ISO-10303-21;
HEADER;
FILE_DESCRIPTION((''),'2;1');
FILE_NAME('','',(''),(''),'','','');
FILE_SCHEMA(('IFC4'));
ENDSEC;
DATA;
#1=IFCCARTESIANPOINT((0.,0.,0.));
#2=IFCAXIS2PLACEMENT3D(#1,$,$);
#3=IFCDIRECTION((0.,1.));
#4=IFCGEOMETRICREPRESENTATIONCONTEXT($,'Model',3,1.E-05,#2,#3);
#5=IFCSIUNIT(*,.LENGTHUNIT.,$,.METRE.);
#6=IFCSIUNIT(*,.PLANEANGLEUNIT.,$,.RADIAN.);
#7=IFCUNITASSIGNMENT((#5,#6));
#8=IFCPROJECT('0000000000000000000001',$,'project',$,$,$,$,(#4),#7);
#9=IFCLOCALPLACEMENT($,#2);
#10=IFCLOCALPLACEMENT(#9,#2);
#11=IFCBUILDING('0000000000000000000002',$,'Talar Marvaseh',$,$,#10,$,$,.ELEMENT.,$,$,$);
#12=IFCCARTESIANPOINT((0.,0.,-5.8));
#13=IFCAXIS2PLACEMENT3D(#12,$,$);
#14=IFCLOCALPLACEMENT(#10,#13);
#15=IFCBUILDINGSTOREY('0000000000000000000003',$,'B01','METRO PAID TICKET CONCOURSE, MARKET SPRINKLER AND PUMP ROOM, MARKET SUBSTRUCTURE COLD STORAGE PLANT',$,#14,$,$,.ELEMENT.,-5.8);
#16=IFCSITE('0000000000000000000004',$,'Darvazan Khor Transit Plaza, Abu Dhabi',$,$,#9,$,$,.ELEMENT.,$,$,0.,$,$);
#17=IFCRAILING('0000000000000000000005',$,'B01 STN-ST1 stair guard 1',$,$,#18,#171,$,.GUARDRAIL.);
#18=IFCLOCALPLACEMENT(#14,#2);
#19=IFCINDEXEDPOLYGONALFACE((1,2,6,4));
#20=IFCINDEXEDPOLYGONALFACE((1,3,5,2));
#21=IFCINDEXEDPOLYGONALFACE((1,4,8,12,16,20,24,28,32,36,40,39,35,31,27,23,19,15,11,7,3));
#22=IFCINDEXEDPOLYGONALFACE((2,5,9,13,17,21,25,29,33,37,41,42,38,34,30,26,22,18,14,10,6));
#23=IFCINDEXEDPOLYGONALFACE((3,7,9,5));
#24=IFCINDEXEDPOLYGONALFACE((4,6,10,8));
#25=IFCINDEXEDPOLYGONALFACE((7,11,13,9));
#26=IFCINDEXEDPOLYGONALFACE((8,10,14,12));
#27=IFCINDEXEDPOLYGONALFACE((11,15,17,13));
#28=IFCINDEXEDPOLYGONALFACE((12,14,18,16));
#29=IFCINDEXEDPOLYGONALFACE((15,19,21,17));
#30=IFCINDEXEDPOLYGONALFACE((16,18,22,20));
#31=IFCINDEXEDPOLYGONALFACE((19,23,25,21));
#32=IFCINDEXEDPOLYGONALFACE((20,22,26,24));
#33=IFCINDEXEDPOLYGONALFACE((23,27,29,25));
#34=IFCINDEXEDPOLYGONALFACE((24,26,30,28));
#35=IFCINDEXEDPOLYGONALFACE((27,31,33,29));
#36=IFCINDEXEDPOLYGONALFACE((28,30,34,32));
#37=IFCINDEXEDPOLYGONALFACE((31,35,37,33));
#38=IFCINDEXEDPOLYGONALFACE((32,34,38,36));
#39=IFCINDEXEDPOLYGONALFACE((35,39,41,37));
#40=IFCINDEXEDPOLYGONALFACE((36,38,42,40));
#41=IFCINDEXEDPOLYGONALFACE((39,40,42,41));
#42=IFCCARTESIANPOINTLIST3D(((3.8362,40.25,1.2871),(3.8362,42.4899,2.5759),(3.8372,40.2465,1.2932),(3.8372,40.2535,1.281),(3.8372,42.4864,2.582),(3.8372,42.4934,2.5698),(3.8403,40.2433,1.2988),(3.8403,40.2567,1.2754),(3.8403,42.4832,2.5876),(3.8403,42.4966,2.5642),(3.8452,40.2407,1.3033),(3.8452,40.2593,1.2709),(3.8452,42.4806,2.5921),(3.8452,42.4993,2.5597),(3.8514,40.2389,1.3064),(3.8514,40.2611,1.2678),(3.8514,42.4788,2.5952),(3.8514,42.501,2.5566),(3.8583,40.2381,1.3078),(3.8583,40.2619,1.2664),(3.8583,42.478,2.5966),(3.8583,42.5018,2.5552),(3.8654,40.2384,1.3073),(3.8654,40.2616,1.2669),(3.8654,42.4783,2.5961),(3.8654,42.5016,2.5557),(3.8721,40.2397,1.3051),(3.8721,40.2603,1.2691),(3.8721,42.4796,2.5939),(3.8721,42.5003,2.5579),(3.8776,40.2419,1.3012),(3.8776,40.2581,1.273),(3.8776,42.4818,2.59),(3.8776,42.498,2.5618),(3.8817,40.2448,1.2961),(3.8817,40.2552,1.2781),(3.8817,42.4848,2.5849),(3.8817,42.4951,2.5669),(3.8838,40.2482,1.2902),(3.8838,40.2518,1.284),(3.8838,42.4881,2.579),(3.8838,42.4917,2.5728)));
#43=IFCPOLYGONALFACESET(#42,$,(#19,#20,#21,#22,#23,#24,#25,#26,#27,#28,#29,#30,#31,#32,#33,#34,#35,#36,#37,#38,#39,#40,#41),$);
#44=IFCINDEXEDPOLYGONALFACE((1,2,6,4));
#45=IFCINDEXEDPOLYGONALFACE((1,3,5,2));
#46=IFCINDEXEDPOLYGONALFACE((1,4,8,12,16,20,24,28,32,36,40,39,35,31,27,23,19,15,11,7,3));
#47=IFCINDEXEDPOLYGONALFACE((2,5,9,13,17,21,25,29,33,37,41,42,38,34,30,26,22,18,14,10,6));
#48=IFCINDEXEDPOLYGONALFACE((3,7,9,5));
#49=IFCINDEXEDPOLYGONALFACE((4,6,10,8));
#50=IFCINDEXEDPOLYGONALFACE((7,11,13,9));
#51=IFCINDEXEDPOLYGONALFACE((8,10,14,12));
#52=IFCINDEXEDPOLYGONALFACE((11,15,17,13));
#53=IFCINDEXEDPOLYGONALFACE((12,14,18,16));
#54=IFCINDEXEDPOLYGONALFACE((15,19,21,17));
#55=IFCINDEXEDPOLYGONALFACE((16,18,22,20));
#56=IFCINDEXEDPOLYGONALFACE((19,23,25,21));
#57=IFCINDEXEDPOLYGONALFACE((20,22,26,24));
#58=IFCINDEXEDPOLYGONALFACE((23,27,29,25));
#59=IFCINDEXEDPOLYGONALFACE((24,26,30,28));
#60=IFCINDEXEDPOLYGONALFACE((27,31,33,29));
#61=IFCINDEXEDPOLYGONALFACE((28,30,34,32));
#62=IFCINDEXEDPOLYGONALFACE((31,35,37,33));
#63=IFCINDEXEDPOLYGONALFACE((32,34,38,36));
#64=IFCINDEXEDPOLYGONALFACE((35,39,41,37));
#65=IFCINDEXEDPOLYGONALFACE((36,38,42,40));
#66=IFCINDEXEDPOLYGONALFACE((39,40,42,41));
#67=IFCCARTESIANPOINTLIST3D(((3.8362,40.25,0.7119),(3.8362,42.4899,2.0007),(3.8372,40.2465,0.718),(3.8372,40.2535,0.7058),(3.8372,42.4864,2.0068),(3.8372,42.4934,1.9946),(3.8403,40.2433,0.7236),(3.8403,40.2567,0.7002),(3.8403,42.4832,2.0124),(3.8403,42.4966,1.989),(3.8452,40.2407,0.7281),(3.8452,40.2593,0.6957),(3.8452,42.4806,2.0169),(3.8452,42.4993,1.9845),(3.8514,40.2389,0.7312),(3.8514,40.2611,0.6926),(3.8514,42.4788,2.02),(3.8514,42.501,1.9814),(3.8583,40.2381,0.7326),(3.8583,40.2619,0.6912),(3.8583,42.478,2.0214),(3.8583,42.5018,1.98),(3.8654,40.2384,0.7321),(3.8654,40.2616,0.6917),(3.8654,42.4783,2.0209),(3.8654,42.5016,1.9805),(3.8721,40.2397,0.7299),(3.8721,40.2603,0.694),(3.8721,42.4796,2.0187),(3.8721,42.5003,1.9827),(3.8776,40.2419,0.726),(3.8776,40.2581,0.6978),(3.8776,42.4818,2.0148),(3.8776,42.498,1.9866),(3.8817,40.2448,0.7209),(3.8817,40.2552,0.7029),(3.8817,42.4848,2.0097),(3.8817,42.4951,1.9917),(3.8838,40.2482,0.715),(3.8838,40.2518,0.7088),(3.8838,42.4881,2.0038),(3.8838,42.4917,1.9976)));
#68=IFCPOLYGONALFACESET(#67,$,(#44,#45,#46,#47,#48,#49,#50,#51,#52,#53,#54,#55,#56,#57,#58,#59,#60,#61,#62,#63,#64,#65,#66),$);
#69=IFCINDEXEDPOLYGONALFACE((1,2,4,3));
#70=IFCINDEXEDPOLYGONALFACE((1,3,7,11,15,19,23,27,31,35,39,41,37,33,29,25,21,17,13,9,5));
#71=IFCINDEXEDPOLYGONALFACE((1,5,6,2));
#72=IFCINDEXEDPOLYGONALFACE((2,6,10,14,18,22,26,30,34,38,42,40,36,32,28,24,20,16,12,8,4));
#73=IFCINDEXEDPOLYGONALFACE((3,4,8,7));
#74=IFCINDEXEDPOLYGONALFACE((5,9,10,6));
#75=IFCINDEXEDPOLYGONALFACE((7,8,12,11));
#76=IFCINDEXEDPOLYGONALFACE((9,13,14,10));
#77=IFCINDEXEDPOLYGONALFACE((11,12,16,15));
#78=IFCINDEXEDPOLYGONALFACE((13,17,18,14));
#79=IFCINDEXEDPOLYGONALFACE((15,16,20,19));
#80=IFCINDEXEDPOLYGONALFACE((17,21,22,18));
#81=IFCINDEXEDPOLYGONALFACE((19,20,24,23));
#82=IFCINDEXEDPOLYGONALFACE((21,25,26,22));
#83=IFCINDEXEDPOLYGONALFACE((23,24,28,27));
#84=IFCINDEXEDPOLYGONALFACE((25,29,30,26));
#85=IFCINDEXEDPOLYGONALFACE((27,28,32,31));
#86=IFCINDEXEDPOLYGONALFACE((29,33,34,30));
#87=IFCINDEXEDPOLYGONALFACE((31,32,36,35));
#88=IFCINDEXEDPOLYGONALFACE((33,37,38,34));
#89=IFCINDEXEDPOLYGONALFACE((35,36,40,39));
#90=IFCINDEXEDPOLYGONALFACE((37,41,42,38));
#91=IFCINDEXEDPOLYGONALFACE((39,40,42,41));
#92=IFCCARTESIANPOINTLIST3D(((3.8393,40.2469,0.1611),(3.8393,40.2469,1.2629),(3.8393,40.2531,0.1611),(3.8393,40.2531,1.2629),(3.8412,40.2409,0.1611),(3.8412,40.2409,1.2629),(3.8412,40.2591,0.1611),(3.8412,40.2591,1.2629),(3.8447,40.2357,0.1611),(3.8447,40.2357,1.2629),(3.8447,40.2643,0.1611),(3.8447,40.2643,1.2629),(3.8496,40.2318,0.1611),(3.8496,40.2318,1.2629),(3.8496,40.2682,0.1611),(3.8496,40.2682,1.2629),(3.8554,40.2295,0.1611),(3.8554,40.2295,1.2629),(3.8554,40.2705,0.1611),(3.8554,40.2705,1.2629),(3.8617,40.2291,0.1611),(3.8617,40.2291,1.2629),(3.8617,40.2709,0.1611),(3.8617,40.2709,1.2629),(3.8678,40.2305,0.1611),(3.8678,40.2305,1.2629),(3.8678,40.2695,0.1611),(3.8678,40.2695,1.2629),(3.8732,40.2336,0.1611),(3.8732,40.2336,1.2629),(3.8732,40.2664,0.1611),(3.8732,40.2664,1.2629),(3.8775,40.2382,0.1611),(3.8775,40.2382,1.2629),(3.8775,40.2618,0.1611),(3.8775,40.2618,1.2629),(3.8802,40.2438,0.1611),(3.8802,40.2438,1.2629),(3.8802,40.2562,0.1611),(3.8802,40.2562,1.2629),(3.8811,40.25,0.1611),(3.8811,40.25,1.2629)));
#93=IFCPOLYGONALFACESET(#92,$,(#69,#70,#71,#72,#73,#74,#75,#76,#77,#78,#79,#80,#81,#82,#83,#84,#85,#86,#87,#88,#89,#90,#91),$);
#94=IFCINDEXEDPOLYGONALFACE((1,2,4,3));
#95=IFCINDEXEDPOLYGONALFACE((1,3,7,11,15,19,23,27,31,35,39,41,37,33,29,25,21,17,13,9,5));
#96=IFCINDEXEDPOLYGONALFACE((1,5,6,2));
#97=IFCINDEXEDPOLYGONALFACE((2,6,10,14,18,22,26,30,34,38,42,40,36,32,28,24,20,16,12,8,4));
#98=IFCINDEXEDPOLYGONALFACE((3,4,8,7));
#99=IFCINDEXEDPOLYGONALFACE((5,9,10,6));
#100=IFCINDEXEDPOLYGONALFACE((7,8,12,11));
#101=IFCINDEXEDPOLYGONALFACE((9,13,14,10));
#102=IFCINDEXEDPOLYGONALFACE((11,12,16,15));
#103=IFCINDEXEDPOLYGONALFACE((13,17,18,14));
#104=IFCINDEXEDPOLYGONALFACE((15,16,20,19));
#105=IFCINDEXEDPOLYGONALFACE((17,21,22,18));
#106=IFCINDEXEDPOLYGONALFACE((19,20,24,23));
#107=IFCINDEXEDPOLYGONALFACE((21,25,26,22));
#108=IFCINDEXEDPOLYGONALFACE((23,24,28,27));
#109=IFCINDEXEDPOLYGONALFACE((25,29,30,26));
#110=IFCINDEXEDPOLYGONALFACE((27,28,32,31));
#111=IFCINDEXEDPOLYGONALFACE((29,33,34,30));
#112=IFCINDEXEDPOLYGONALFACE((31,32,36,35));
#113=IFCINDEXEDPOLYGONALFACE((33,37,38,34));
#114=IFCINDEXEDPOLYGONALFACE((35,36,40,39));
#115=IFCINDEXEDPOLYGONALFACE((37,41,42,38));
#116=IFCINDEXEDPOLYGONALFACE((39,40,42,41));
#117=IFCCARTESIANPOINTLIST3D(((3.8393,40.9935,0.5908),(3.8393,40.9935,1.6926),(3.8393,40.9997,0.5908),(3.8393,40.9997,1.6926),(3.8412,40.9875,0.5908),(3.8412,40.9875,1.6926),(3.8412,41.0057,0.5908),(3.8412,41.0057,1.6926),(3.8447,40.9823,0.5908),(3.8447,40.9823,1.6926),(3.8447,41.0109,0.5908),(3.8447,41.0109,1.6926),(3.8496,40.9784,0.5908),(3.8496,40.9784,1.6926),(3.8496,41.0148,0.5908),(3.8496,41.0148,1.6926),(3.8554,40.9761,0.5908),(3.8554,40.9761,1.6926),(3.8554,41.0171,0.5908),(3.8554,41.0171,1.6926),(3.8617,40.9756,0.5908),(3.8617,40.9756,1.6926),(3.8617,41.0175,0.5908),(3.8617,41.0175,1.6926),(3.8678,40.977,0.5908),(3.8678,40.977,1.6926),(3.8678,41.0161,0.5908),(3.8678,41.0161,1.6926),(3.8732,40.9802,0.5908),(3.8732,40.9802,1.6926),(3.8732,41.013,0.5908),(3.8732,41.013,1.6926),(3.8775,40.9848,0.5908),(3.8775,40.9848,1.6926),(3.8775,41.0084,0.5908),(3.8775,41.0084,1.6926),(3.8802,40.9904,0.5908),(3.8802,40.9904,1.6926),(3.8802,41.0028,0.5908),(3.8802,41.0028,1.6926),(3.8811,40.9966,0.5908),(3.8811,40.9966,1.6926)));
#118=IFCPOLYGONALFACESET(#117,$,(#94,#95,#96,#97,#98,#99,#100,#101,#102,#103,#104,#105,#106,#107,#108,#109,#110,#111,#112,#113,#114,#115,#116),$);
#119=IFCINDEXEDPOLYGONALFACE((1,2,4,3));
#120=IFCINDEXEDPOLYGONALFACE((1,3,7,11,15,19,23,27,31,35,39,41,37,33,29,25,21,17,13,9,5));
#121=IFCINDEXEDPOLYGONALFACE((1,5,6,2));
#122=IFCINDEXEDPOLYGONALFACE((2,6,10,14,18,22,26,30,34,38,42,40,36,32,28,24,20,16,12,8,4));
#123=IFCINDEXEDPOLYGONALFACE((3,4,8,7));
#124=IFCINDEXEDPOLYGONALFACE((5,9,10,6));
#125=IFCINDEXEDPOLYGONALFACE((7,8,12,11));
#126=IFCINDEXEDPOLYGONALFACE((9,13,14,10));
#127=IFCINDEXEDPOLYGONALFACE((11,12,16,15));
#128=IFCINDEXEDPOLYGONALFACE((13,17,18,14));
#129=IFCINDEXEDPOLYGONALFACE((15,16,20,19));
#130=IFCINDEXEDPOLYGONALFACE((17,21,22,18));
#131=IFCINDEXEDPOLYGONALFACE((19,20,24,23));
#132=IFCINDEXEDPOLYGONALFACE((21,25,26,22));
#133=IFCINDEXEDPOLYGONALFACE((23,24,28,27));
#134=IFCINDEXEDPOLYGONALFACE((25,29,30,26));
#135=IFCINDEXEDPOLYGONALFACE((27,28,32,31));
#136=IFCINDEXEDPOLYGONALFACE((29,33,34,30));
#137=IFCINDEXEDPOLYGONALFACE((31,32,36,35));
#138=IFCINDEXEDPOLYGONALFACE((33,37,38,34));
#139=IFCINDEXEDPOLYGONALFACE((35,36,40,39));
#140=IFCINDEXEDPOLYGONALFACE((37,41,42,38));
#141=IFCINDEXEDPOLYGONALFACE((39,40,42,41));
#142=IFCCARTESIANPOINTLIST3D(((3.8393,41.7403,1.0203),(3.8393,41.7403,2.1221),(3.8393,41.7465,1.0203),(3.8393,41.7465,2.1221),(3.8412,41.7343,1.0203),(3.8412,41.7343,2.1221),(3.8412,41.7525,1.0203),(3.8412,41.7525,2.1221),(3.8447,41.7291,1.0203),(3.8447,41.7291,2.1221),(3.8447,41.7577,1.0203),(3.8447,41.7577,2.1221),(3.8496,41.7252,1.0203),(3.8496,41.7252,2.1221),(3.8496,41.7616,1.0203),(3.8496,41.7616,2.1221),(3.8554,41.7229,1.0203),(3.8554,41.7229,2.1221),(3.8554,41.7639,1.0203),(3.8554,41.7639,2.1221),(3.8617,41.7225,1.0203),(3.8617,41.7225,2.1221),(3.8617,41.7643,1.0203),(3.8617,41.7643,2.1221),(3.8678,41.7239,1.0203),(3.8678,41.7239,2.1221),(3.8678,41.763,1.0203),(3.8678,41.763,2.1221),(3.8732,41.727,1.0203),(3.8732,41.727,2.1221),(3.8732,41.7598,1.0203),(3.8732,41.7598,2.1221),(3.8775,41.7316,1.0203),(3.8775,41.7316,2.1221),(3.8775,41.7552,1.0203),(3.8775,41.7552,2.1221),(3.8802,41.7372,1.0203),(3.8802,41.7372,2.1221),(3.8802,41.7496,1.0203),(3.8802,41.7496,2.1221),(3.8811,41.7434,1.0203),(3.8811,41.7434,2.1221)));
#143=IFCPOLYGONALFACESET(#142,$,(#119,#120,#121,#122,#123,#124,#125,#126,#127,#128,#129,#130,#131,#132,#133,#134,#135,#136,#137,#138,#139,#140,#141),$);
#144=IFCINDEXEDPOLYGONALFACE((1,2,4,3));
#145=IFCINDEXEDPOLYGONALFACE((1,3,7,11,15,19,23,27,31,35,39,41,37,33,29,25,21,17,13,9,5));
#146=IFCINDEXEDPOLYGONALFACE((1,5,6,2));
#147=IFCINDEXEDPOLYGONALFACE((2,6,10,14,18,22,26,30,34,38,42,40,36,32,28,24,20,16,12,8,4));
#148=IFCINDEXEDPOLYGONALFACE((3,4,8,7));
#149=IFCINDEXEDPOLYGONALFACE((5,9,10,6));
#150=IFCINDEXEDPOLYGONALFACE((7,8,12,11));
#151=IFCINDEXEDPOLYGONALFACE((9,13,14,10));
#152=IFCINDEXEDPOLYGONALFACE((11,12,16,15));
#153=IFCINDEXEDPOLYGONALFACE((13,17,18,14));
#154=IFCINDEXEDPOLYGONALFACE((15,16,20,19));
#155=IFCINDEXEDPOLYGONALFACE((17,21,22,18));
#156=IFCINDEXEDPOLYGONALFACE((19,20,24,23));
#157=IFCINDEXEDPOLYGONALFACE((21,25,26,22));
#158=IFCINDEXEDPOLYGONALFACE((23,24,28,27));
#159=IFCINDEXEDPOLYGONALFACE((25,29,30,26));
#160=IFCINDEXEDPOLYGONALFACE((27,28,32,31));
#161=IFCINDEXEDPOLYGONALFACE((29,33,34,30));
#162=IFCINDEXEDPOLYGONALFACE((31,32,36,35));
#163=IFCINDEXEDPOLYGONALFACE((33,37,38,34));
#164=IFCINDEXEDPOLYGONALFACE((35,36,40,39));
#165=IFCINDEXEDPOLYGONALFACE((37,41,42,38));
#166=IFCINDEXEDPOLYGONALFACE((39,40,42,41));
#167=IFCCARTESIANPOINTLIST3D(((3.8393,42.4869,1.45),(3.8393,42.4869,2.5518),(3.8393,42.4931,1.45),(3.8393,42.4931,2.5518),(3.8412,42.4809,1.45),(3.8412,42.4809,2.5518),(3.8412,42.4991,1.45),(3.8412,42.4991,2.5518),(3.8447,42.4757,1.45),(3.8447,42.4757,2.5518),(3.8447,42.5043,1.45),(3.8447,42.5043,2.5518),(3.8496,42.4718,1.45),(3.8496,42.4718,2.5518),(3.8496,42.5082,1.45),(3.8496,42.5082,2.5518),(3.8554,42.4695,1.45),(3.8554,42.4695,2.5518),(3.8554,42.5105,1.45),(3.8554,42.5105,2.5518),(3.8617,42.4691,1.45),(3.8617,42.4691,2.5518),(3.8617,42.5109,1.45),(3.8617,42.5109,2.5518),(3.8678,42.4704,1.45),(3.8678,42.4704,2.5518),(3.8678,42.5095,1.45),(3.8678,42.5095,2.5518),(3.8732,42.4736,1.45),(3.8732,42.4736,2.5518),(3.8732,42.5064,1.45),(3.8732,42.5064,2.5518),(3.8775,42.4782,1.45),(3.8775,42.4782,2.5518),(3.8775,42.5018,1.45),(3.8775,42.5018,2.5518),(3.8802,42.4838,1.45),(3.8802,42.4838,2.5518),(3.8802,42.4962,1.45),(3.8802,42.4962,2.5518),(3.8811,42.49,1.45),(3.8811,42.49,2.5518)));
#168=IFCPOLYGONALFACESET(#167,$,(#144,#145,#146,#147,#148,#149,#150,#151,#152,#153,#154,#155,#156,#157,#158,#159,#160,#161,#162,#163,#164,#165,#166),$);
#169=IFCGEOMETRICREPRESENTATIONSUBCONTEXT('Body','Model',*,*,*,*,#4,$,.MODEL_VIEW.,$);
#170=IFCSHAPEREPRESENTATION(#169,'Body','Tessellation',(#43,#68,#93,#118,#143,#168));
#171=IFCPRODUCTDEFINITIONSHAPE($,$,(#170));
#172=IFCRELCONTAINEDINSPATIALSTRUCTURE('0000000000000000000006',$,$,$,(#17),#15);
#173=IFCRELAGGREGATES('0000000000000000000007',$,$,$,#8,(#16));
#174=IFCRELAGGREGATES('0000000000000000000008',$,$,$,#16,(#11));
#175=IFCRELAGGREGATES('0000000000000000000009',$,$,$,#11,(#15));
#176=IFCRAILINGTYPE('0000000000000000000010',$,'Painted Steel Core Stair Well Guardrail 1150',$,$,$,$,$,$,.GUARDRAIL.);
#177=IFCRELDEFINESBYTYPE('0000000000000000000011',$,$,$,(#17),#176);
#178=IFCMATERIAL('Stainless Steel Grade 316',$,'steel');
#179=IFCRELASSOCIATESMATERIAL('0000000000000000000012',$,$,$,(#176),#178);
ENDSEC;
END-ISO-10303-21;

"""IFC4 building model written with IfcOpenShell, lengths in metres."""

from ifc_helpers import new_model, si_unit, direction, frame, origin, origin_2d, place, context, subcontext, project, spatial, circle, extrude, material, type_object, element, save


model = new_model("IFC4")

# Units and contexts
model_context = context("Model", 3, precision=1e-05, world=origin(), true_north=direction((0.0, 1.0)))
body_context = subcontext(model_context, "Body", "Model", "MODEL_VIEW")
ifc_project = project(units=[si_unit("LENGTHUNIT", "METRE"), si_unit("PLANEANGLEUNIT", "RADIAN")], contexts=[model_context])

# Site, building, storey
site_placement = place(None, origin())
site = spatial("IfcSite", under=ifc_project, at=site_placement, Name="Darvazan Khor Transit Plaza, Abu Dhabi", CompositionType="ELEMENT", RefElevation=0.0)
building_placement = place(site_placement, origin())
building = spatial("IfcBuilding", under=site, at=building_placement, Name="Talar Marvaseh", CompositionType="ELEMENT")
storey_placement = place(building_placement, frame((0.0, 0.0, -5.8)))
storey = spatial("IfcBuildingStorey", under=building, at=storey_placement, Name="B01", Description="METRO PAID TICKET CONCOURSE, MARKET SPRINKLER AND PUMP ROOM, MARKET SUBSTRUCTURE COLD STORAGE PLANT", CompositionType="ELEMENT", Elevation=-5.8)

# Railing
ifc_material_1 = material(Name="Stainless Steel Grade 316", Category="steel")
railing_type_1 = type_object("IfcRailingType", Name="Painted Steel Core Stair Well Guardrail 1150", PredefinedType="GUARDRAIL", material=ifc_material_1)
railing_1_placement = place(storey_placement, frame((3.8601, 40.25, 0.1611)))
element("IfcRailing", 1, at=railing_1_placement, inside=storey, type_object=railing_type_1, Name="B01 STN-ST1 stair guard 1", PredefinedType="GUARDRAIL", context=body_context, shape_type="SweptSolid", body=[
    extrude(circle(Radius=0.0239, at=origin_2d()), frame((0.0, 0.0, 1.126), z_axis=(0.0, 0.866768, 0.498711), x_axis=(-1.0, 0.0, 0.0)), (0.0, 0.0, 1.0), 2.5842),
    extrude(circle(Radius=0.0239, at=origin_2d()), frame((0.0, 0.0, 0.5508), z_axis=(0.0, 0.866768, 0.498711), x_axis=(-1.0, 0.0, 0.0)), (0.0, 0.0, 1.0), 2.5842),
    extrude(circle(Radius=0.021, at=origin_2d()), origin(), (0.0, 0.0, 1.0), 1.1018),
    extrude(circle(Radius=0.021, at=origin_2d()), frame((0.0, 0.7466, 0.4297)), (0.0, 0.0, 1.0), 1.1018),
    extrude(circle(Radius=0.021, at=origin_2d()), frame((0.0, 1.4934, 0.8591)), (0.0, 0.0, 1.0), 1.1018),
    extrude(circle(Radius=0.021, at=origin_2d()), frame((0.0, 2.24, 1.2888)), (0.0, 0.0, 1.0), 1.1018),
])

save(model, "model.ifc")
